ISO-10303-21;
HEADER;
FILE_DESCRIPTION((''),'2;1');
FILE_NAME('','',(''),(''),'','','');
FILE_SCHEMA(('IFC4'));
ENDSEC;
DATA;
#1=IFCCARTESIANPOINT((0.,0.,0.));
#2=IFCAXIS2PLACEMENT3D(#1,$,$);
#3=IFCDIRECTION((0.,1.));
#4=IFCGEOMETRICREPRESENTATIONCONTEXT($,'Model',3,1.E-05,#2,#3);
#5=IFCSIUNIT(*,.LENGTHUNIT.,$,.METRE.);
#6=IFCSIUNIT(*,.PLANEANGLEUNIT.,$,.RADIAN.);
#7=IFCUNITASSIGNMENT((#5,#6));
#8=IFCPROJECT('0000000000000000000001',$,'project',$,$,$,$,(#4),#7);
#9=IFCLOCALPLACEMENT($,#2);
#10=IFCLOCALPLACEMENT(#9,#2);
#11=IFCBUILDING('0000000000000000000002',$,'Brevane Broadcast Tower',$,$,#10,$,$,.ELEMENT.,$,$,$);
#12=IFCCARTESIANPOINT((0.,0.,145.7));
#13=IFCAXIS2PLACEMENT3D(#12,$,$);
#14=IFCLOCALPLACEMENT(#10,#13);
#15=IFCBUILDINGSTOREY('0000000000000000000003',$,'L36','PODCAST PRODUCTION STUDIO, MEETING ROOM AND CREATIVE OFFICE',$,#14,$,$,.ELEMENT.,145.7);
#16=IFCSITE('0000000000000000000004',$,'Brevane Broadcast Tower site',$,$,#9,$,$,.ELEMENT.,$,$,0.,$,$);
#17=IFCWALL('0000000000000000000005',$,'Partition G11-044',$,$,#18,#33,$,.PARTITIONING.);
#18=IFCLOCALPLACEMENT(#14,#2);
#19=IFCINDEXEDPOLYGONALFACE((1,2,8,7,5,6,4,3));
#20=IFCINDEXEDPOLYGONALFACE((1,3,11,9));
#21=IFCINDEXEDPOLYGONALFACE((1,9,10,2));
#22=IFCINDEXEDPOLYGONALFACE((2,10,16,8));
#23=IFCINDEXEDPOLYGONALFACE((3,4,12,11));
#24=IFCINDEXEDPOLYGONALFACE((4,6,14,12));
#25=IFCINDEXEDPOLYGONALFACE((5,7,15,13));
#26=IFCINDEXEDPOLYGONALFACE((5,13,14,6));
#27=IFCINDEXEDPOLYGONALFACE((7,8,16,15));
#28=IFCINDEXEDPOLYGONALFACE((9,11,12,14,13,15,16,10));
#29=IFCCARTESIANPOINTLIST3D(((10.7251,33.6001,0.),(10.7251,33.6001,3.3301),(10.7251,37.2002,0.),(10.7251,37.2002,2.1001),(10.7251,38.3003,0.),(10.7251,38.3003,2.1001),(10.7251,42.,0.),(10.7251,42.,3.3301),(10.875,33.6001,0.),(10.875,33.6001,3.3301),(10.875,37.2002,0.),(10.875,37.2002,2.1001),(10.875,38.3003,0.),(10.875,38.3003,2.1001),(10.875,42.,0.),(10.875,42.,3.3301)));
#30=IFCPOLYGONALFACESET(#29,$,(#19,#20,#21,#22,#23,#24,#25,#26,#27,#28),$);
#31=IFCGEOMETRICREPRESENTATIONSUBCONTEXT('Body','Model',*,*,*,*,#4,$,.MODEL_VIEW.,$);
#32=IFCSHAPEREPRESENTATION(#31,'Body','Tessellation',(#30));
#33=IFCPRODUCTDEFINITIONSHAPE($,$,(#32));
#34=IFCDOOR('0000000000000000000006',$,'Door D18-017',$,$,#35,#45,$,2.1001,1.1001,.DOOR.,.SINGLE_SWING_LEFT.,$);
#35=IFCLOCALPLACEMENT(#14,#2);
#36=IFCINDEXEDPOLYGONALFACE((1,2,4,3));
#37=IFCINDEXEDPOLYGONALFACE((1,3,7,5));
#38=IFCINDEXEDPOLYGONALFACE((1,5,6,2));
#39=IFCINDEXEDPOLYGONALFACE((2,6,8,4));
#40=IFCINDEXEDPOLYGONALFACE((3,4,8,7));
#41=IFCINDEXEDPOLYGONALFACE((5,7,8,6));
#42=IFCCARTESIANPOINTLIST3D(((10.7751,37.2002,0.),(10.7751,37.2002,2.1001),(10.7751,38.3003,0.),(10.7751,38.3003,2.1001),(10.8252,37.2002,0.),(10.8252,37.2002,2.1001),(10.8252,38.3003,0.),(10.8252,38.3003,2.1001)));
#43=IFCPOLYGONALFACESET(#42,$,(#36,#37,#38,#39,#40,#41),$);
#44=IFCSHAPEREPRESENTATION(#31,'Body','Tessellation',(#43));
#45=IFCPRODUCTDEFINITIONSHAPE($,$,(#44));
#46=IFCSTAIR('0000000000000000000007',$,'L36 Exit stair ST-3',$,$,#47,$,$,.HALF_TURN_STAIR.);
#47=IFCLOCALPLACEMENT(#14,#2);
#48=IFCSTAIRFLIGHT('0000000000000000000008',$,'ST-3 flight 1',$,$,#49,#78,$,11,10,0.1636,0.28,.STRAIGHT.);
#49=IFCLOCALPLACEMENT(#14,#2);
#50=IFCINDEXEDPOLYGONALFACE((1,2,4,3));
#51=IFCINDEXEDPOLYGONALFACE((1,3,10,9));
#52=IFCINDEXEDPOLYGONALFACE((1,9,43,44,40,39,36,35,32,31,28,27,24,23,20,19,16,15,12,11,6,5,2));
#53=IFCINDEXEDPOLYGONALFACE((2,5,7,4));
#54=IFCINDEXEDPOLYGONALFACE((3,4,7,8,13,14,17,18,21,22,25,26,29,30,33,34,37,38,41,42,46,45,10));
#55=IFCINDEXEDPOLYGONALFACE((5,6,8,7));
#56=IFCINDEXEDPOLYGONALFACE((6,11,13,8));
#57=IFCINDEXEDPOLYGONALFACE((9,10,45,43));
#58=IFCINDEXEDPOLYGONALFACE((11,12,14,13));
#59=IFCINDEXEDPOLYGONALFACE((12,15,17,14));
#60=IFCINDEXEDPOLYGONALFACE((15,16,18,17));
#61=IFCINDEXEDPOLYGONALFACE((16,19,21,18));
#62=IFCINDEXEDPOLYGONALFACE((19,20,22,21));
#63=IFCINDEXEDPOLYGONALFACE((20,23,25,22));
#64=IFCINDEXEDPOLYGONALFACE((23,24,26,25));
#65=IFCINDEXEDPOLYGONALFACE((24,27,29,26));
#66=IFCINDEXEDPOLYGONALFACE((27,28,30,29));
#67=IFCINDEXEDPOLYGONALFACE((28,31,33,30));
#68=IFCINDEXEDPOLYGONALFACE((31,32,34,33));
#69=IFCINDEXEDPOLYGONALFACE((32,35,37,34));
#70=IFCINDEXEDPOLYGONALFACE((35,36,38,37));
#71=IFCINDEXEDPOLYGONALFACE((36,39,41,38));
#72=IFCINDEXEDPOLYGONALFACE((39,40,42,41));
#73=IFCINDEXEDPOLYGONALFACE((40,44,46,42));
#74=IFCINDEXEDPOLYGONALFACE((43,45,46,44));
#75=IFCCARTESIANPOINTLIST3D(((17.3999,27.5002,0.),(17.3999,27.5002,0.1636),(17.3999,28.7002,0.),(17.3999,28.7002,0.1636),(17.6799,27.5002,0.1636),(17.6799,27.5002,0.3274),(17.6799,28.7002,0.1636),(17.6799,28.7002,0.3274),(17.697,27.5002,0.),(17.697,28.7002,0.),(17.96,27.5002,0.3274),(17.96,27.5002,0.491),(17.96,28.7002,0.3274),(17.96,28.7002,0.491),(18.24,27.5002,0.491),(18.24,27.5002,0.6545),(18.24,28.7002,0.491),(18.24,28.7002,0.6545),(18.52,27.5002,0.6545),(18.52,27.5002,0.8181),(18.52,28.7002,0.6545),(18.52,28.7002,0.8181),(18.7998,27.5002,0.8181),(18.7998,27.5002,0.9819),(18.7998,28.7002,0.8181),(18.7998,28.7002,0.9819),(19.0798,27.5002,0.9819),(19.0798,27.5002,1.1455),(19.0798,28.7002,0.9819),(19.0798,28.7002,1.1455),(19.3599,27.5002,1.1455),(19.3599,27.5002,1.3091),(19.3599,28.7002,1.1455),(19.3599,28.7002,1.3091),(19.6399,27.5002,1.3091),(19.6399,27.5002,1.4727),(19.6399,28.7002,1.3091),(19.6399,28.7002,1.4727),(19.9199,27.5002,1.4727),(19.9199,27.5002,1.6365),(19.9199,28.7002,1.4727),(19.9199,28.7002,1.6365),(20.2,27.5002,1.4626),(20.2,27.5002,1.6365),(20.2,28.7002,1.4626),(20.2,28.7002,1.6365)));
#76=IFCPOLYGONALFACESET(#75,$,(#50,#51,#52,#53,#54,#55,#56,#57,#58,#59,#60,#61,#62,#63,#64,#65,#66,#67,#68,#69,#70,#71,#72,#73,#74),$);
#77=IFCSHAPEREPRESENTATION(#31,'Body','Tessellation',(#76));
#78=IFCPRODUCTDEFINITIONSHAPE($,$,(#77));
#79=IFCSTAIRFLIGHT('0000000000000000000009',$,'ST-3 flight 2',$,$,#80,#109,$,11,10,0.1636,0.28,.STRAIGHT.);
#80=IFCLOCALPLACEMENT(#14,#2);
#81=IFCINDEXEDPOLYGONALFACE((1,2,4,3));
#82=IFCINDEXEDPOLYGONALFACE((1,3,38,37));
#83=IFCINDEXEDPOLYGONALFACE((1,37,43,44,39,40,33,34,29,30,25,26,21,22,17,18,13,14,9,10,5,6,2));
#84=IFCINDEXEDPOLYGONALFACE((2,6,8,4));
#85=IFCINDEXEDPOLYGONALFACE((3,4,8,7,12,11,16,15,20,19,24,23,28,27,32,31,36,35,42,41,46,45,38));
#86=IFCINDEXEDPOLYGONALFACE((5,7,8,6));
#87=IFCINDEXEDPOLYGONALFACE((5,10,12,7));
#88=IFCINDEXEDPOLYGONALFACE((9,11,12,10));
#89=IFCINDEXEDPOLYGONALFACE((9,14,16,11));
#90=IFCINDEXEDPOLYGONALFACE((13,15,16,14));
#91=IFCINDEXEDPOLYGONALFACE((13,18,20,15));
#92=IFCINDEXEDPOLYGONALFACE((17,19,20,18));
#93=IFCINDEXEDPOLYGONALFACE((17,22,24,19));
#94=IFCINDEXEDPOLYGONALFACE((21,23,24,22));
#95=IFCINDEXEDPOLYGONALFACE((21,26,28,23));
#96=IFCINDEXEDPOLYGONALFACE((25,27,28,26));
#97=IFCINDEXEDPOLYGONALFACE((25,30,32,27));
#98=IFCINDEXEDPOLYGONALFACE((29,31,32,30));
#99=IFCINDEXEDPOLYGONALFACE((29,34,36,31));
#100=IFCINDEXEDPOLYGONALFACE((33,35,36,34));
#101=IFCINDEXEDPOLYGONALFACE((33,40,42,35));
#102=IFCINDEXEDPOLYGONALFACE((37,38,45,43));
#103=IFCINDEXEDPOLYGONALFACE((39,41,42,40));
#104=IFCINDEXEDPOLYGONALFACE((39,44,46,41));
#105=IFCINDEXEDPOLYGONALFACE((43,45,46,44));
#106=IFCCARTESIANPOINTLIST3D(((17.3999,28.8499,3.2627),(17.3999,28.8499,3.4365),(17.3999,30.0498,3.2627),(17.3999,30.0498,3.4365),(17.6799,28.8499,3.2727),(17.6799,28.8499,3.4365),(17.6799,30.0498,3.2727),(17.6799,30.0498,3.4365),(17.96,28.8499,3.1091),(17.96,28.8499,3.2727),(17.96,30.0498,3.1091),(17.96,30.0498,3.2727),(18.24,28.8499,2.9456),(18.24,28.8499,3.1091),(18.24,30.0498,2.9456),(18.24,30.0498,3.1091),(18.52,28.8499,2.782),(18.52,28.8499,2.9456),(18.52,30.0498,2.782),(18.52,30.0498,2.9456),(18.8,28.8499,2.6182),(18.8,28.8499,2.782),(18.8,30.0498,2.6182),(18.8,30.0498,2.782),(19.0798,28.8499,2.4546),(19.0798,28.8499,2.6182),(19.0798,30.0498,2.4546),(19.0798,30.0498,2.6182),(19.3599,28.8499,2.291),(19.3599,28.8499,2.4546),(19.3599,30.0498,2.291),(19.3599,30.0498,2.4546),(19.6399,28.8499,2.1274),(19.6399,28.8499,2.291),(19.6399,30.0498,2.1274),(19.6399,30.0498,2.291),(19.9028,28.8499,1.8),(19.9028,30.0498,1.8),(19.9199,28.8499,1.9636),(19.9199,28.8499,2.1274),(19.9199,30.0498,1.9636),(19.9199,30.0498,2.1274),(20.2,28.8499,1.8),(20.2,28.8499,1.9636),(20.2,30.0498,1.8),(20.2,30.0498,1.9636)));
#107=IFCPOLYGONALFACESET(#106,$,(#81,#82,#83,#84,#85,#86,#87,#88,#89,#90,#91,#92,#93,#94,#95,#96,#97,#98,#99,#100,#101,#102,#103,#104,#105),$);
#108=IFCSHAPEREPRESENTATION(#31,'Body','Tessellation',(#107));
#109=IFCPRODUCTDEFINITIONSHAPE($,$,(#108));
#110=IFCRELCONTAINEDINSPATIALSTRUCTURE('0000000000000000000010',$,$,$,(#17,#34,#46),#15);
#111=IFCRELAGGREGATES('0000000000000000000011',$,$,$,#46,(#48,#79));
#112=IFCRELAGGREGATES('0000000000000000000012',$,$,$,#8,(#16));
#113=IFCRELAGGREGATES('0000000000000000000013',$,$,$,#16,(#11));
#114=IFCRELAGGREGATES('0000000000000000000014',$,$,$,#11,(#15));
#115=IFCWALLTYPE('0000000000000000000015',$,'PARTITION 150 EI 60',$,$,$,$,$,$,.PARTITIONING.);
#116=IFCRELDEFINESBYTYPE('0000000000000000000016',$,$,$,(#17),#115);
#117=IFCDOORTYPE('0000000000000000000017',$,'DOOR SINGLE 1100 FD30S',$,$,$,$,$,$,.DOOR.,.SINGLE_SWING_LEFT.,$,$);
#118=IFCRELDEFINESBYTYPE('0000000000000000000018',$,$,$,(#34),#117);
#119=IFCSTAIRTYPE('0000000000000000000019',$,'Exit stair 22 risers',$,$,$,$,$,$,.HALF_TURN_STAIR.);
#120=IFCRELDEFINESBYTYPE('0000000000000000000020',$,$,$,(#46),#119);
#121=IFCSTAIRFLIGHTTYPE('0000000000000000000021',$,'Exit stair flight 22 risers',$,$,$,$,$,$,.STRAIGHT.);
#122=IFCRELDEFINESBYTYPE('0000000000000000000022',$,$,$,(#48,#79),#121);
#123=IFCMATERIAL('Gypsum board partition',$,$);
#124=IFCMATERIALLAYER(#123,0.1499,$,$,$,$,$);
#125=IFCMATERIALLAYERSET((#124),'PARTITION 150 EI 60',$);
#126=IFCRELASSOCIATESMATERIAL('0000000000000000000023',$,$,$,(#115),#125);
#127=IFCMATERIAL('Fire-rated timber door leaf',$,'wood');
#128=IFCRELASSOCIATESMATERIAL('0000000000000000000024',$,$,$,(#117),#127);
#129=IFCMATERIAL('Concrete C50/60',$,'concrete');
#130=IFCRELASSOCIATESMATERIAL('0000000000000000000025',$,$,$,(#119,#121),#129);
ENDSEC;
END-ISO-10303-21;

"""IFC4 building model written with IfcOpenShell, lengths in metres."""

from ifc_helpers import new_model, si_unit, direction, frame, frame_2d, origin, place, context, subcontext, project, spatial, polyline, rectangle, outline, extrude, material, layer, layer_set, type_object, element, fill, aggregate, save


model = new_model("IFC4")

# Units and contexts
model_context = context("Model", 3, precision=1e-05, world=origin(), true_north=direction((0.0, 1.0)))
body_context = subcontext(model_context, "Body", "Model", "MODEL_VIEW")
ifc_project = project(units=[si_unit("LENGTHUNIT", "METRE"), si_unit("PLANEANGLEUNIT", "RADIAN")], contexts=[model_context])

# Site, building, storey
site_placement = place(None, origin())
site = spatial("IfcSite", under=ifc_project, at=site_placement, Name="Brevane Broadcast Tower site", CompositionType="ELEMENT", RefElevation=0.0)
building_placement = place(site_placement, origin())
building = spatial("IfcBuilding", under=site, at=building_placement, Name="Brevane Broadcast Tower", CompositionType="ELEMENT")
storey_placement = place(building_placement, frame((0.0, 0.0, 145.7)))
storey = spatial("IfcBuildingStorey", under=building, at=storey_placement, Name="L36", Description="PODCAST PRODUCTION STUDIO, MEETING ROOM AND CREATIVE OFFICE", CompositionType="ELEMENT", Elevation=145.7)

# Shared definitions
ifc_material_1 = material(Name="Gypsum board partition")

# Shared definitions
ifc_layer_1 = layer(ifc_material_1, 0.1499)
ifc_layer_set_1 = layer_set([ifc_layer_1], Name="PARTITION 150 EI 60")
wall_type_1 = type_object("IfcWallType", Name="PARTITION 150 EI 60", PredefinedType="PARTITIONING", material=ifc_layer_set_1)
ifc_material_2 = material(Name="Fire-rated timber door leaf", Category="wood")
door_type_1 = type_object("IfcDoorType", Name="DOOR SINGLE 1100 FD30S", OperationType="SINGLE_SWING_LEFT", PredefinedType="DOOR", material=ifc_material_2)

# Wall, opening, door
wall_1_placement = place(storey_placement, frame((10.8, 33.6001, 0.0), z_axis=(0.0, 0.0, 1.0), x_axis=(0.0, 1.0, 0.0)))
wall_1 = element("IfcWall", 1, at=wall_1_placement, inside=storey, type_object=wall_type_1, Name="Partition G11-044", PredefinedType="PARTITIONING", context=body_context, shape_type="SweptSolid", body=[
    extrude(rectangle(XDim=8.3999, YDim=0.1499, at=frame_2d((4.2, 0.0))), origin(), (0.0, 0.0, 1.0), 3.3301),
])
opening_1_placement = place(wall_1_placement, frame((3.6001, 0.0, 0.0)))
opening_1 = element("IfcOpeningElement", 2, at=opening_1_placement, cuts=wall_1, PredefinedType="OPENING", context=body_context, shape_type="SweptSolid", body=[
    extrude(rectangle(XDim=1.1001, YDim=2.1001, at=frame_2d((0.55, 1.05))), frame((0.0, 0.085, 0.0), z_axis=(0.0, -1.0, 0.0), x_axis=(1.0, 0.0, 0.0)), (0.0, 0.0, 1.0), 0.1699),
])
door_1_placement = place(opening_1_placement, origin())
door_1 = element("IfcDoor", 3, at=door_1_placement, inside=storey, type_object=door_type_1, Name="Door D18-017", OperationType="SINGLE_SWING_LEFT", OverallHeight=2.1001, OverallWidth=1.1001, PredefinedType="DOOR", context=body_context, shape_type="SweptSolid", body=[
    extrude(rectangle(XDim=1.1001, YDim=2.1001, at=frame_2d((0.55, 1.05))), frame((0.0, 0.0249, 0.0), z_axis=(0.0, -1.0, 0.0), x_axis=(1.0, 0.0, 0.0)), (0.0, 0.0, 1.0), 0.05),
])
fill(opening_1, door_1)

# Stair, stair flights
ifc_material_3 = material(Name="Concrete C50/60", Category="concrete")
stair_type = type_object("IfcStairType", Name="Exit stair 22 risers", PredefinedType="HALF_TURN_STAIR", material=ifc_material_3)
stair_placement = place(storey_placement, origin())
stair = element("IfcStair", 4, at=stair_placement, inside=storey, type_object=stair_type, Name="L36 Exit stair ST-3", PredefinedType="HALF_TURN_STAIR")
stair_flight_type = type_object("IfcStairFlightType", Name="Exit stair flight 22 risers", PredefinedType="STRAIGHT", material=ifc_material_3)
stair_flight_1_placement = place(storey_placement, frame((17.3999, 28.1001, 0.0), z_axis=(0.0, 0.0, 1.0), x_axis=(1.0, 0.0, 0.0)))
stair_flight_1 = element("IfcStairFlight", 5, at=stair_flight_1_placement, type_object=stair_flight_type, Name="ST-3 flight 1", NumberOfRisers=11, NumberOfTreads=10, PredefinedType="STRAIGHT", RiserHeight=0.1636, TreadLength=0.28, context=body_context, shape_type="SweptSolid", body=[
    extrude(outline(polyline([(0.0, 0.0), (0.0, 0.1636), (0.28, 0.1636), (0.28, 0.3274), (0.5601, 0.3274), (0.5601, 0.491), (0.8401, 0.491), (0.8401, 0.6545), (1.1201, 0.6545), (1.1201, 0.8181), (1.3999, 0.8181), (1.3999, 0.9819), (1.6799, 0.9819), (1.6799, 1.1455), (1.96, 1.1455), (1.96, 1.3091), (2.24, 1.3091), (2.24, 1.4727), (2.52, 1.4727), (2.52, 1.6365), (2.8, 1.6365), (2.8, 1.8), (2.8, 1.4626), (0.2971, 0.0), (0.0, 0.0)])), frame((0.0, 0.6001, 0.0), z_axis=(0.0, -1.0, 0.0), x_axis=(1.0, 0.0, 0.0)), (0.0, 0.0, 1.0), 1.2),
])
stair_flight_2_placement = place(storey_placement, frame((20.2, 29.45, 1.8), z_axis=(0.0, 0.0, 1.0), x_axis=(-1.0, 0.0, 0.0)))
stair_flight_2 = element("IfcStairFlight", 6, at=stair_flight_2_placement, type_object=stair_flight_type, Name="ST-3 flight 2", NumberOfRisers=11, NumberOfTreads=10, PredefinedType="STRAIGHT", RiserHeight=0.1636, TreadLength=0.28, context=body_context, shape_type="SweptSolid", body=[
    extrude(outline(polyline([(0.0, 0.0), (0.0, 0.1636), (0.28, 0.1636), (0.28, 0.3274), (0.5601, 0.3274), (0.5601, 0.491), (0.8401, 0.491), (0.8401, 0.6545), (1.1201, 0.6545), (1.1201, 0.8181), (1.3999, 0.8181), (1.3999, 0.9819), (1.6799, 0.9819), (1.6799, 1.1455), (1.96, 1.1455), (1.96, 1.3091), (2.24, 1.3091), (2.24, 1.4727), (2.52, 1.4727), (2.52, 1.6365), (2.8, 1.6365), (2.8, 1.8), (2.8, 1.4626), (0.2971, 0.0), (0.0, 0.0)])), frame((0.0, 0.6001, 0.0), z_axis=(0.0, -1.0, 0.0), x_axis=(1.0, 0.0, 0.0)), (0.0, 0.0, 1.0), 1.2),
])
aggregate(stair, [stair_flight_1, stair_flight_2])

save(model, "model.ifc")
